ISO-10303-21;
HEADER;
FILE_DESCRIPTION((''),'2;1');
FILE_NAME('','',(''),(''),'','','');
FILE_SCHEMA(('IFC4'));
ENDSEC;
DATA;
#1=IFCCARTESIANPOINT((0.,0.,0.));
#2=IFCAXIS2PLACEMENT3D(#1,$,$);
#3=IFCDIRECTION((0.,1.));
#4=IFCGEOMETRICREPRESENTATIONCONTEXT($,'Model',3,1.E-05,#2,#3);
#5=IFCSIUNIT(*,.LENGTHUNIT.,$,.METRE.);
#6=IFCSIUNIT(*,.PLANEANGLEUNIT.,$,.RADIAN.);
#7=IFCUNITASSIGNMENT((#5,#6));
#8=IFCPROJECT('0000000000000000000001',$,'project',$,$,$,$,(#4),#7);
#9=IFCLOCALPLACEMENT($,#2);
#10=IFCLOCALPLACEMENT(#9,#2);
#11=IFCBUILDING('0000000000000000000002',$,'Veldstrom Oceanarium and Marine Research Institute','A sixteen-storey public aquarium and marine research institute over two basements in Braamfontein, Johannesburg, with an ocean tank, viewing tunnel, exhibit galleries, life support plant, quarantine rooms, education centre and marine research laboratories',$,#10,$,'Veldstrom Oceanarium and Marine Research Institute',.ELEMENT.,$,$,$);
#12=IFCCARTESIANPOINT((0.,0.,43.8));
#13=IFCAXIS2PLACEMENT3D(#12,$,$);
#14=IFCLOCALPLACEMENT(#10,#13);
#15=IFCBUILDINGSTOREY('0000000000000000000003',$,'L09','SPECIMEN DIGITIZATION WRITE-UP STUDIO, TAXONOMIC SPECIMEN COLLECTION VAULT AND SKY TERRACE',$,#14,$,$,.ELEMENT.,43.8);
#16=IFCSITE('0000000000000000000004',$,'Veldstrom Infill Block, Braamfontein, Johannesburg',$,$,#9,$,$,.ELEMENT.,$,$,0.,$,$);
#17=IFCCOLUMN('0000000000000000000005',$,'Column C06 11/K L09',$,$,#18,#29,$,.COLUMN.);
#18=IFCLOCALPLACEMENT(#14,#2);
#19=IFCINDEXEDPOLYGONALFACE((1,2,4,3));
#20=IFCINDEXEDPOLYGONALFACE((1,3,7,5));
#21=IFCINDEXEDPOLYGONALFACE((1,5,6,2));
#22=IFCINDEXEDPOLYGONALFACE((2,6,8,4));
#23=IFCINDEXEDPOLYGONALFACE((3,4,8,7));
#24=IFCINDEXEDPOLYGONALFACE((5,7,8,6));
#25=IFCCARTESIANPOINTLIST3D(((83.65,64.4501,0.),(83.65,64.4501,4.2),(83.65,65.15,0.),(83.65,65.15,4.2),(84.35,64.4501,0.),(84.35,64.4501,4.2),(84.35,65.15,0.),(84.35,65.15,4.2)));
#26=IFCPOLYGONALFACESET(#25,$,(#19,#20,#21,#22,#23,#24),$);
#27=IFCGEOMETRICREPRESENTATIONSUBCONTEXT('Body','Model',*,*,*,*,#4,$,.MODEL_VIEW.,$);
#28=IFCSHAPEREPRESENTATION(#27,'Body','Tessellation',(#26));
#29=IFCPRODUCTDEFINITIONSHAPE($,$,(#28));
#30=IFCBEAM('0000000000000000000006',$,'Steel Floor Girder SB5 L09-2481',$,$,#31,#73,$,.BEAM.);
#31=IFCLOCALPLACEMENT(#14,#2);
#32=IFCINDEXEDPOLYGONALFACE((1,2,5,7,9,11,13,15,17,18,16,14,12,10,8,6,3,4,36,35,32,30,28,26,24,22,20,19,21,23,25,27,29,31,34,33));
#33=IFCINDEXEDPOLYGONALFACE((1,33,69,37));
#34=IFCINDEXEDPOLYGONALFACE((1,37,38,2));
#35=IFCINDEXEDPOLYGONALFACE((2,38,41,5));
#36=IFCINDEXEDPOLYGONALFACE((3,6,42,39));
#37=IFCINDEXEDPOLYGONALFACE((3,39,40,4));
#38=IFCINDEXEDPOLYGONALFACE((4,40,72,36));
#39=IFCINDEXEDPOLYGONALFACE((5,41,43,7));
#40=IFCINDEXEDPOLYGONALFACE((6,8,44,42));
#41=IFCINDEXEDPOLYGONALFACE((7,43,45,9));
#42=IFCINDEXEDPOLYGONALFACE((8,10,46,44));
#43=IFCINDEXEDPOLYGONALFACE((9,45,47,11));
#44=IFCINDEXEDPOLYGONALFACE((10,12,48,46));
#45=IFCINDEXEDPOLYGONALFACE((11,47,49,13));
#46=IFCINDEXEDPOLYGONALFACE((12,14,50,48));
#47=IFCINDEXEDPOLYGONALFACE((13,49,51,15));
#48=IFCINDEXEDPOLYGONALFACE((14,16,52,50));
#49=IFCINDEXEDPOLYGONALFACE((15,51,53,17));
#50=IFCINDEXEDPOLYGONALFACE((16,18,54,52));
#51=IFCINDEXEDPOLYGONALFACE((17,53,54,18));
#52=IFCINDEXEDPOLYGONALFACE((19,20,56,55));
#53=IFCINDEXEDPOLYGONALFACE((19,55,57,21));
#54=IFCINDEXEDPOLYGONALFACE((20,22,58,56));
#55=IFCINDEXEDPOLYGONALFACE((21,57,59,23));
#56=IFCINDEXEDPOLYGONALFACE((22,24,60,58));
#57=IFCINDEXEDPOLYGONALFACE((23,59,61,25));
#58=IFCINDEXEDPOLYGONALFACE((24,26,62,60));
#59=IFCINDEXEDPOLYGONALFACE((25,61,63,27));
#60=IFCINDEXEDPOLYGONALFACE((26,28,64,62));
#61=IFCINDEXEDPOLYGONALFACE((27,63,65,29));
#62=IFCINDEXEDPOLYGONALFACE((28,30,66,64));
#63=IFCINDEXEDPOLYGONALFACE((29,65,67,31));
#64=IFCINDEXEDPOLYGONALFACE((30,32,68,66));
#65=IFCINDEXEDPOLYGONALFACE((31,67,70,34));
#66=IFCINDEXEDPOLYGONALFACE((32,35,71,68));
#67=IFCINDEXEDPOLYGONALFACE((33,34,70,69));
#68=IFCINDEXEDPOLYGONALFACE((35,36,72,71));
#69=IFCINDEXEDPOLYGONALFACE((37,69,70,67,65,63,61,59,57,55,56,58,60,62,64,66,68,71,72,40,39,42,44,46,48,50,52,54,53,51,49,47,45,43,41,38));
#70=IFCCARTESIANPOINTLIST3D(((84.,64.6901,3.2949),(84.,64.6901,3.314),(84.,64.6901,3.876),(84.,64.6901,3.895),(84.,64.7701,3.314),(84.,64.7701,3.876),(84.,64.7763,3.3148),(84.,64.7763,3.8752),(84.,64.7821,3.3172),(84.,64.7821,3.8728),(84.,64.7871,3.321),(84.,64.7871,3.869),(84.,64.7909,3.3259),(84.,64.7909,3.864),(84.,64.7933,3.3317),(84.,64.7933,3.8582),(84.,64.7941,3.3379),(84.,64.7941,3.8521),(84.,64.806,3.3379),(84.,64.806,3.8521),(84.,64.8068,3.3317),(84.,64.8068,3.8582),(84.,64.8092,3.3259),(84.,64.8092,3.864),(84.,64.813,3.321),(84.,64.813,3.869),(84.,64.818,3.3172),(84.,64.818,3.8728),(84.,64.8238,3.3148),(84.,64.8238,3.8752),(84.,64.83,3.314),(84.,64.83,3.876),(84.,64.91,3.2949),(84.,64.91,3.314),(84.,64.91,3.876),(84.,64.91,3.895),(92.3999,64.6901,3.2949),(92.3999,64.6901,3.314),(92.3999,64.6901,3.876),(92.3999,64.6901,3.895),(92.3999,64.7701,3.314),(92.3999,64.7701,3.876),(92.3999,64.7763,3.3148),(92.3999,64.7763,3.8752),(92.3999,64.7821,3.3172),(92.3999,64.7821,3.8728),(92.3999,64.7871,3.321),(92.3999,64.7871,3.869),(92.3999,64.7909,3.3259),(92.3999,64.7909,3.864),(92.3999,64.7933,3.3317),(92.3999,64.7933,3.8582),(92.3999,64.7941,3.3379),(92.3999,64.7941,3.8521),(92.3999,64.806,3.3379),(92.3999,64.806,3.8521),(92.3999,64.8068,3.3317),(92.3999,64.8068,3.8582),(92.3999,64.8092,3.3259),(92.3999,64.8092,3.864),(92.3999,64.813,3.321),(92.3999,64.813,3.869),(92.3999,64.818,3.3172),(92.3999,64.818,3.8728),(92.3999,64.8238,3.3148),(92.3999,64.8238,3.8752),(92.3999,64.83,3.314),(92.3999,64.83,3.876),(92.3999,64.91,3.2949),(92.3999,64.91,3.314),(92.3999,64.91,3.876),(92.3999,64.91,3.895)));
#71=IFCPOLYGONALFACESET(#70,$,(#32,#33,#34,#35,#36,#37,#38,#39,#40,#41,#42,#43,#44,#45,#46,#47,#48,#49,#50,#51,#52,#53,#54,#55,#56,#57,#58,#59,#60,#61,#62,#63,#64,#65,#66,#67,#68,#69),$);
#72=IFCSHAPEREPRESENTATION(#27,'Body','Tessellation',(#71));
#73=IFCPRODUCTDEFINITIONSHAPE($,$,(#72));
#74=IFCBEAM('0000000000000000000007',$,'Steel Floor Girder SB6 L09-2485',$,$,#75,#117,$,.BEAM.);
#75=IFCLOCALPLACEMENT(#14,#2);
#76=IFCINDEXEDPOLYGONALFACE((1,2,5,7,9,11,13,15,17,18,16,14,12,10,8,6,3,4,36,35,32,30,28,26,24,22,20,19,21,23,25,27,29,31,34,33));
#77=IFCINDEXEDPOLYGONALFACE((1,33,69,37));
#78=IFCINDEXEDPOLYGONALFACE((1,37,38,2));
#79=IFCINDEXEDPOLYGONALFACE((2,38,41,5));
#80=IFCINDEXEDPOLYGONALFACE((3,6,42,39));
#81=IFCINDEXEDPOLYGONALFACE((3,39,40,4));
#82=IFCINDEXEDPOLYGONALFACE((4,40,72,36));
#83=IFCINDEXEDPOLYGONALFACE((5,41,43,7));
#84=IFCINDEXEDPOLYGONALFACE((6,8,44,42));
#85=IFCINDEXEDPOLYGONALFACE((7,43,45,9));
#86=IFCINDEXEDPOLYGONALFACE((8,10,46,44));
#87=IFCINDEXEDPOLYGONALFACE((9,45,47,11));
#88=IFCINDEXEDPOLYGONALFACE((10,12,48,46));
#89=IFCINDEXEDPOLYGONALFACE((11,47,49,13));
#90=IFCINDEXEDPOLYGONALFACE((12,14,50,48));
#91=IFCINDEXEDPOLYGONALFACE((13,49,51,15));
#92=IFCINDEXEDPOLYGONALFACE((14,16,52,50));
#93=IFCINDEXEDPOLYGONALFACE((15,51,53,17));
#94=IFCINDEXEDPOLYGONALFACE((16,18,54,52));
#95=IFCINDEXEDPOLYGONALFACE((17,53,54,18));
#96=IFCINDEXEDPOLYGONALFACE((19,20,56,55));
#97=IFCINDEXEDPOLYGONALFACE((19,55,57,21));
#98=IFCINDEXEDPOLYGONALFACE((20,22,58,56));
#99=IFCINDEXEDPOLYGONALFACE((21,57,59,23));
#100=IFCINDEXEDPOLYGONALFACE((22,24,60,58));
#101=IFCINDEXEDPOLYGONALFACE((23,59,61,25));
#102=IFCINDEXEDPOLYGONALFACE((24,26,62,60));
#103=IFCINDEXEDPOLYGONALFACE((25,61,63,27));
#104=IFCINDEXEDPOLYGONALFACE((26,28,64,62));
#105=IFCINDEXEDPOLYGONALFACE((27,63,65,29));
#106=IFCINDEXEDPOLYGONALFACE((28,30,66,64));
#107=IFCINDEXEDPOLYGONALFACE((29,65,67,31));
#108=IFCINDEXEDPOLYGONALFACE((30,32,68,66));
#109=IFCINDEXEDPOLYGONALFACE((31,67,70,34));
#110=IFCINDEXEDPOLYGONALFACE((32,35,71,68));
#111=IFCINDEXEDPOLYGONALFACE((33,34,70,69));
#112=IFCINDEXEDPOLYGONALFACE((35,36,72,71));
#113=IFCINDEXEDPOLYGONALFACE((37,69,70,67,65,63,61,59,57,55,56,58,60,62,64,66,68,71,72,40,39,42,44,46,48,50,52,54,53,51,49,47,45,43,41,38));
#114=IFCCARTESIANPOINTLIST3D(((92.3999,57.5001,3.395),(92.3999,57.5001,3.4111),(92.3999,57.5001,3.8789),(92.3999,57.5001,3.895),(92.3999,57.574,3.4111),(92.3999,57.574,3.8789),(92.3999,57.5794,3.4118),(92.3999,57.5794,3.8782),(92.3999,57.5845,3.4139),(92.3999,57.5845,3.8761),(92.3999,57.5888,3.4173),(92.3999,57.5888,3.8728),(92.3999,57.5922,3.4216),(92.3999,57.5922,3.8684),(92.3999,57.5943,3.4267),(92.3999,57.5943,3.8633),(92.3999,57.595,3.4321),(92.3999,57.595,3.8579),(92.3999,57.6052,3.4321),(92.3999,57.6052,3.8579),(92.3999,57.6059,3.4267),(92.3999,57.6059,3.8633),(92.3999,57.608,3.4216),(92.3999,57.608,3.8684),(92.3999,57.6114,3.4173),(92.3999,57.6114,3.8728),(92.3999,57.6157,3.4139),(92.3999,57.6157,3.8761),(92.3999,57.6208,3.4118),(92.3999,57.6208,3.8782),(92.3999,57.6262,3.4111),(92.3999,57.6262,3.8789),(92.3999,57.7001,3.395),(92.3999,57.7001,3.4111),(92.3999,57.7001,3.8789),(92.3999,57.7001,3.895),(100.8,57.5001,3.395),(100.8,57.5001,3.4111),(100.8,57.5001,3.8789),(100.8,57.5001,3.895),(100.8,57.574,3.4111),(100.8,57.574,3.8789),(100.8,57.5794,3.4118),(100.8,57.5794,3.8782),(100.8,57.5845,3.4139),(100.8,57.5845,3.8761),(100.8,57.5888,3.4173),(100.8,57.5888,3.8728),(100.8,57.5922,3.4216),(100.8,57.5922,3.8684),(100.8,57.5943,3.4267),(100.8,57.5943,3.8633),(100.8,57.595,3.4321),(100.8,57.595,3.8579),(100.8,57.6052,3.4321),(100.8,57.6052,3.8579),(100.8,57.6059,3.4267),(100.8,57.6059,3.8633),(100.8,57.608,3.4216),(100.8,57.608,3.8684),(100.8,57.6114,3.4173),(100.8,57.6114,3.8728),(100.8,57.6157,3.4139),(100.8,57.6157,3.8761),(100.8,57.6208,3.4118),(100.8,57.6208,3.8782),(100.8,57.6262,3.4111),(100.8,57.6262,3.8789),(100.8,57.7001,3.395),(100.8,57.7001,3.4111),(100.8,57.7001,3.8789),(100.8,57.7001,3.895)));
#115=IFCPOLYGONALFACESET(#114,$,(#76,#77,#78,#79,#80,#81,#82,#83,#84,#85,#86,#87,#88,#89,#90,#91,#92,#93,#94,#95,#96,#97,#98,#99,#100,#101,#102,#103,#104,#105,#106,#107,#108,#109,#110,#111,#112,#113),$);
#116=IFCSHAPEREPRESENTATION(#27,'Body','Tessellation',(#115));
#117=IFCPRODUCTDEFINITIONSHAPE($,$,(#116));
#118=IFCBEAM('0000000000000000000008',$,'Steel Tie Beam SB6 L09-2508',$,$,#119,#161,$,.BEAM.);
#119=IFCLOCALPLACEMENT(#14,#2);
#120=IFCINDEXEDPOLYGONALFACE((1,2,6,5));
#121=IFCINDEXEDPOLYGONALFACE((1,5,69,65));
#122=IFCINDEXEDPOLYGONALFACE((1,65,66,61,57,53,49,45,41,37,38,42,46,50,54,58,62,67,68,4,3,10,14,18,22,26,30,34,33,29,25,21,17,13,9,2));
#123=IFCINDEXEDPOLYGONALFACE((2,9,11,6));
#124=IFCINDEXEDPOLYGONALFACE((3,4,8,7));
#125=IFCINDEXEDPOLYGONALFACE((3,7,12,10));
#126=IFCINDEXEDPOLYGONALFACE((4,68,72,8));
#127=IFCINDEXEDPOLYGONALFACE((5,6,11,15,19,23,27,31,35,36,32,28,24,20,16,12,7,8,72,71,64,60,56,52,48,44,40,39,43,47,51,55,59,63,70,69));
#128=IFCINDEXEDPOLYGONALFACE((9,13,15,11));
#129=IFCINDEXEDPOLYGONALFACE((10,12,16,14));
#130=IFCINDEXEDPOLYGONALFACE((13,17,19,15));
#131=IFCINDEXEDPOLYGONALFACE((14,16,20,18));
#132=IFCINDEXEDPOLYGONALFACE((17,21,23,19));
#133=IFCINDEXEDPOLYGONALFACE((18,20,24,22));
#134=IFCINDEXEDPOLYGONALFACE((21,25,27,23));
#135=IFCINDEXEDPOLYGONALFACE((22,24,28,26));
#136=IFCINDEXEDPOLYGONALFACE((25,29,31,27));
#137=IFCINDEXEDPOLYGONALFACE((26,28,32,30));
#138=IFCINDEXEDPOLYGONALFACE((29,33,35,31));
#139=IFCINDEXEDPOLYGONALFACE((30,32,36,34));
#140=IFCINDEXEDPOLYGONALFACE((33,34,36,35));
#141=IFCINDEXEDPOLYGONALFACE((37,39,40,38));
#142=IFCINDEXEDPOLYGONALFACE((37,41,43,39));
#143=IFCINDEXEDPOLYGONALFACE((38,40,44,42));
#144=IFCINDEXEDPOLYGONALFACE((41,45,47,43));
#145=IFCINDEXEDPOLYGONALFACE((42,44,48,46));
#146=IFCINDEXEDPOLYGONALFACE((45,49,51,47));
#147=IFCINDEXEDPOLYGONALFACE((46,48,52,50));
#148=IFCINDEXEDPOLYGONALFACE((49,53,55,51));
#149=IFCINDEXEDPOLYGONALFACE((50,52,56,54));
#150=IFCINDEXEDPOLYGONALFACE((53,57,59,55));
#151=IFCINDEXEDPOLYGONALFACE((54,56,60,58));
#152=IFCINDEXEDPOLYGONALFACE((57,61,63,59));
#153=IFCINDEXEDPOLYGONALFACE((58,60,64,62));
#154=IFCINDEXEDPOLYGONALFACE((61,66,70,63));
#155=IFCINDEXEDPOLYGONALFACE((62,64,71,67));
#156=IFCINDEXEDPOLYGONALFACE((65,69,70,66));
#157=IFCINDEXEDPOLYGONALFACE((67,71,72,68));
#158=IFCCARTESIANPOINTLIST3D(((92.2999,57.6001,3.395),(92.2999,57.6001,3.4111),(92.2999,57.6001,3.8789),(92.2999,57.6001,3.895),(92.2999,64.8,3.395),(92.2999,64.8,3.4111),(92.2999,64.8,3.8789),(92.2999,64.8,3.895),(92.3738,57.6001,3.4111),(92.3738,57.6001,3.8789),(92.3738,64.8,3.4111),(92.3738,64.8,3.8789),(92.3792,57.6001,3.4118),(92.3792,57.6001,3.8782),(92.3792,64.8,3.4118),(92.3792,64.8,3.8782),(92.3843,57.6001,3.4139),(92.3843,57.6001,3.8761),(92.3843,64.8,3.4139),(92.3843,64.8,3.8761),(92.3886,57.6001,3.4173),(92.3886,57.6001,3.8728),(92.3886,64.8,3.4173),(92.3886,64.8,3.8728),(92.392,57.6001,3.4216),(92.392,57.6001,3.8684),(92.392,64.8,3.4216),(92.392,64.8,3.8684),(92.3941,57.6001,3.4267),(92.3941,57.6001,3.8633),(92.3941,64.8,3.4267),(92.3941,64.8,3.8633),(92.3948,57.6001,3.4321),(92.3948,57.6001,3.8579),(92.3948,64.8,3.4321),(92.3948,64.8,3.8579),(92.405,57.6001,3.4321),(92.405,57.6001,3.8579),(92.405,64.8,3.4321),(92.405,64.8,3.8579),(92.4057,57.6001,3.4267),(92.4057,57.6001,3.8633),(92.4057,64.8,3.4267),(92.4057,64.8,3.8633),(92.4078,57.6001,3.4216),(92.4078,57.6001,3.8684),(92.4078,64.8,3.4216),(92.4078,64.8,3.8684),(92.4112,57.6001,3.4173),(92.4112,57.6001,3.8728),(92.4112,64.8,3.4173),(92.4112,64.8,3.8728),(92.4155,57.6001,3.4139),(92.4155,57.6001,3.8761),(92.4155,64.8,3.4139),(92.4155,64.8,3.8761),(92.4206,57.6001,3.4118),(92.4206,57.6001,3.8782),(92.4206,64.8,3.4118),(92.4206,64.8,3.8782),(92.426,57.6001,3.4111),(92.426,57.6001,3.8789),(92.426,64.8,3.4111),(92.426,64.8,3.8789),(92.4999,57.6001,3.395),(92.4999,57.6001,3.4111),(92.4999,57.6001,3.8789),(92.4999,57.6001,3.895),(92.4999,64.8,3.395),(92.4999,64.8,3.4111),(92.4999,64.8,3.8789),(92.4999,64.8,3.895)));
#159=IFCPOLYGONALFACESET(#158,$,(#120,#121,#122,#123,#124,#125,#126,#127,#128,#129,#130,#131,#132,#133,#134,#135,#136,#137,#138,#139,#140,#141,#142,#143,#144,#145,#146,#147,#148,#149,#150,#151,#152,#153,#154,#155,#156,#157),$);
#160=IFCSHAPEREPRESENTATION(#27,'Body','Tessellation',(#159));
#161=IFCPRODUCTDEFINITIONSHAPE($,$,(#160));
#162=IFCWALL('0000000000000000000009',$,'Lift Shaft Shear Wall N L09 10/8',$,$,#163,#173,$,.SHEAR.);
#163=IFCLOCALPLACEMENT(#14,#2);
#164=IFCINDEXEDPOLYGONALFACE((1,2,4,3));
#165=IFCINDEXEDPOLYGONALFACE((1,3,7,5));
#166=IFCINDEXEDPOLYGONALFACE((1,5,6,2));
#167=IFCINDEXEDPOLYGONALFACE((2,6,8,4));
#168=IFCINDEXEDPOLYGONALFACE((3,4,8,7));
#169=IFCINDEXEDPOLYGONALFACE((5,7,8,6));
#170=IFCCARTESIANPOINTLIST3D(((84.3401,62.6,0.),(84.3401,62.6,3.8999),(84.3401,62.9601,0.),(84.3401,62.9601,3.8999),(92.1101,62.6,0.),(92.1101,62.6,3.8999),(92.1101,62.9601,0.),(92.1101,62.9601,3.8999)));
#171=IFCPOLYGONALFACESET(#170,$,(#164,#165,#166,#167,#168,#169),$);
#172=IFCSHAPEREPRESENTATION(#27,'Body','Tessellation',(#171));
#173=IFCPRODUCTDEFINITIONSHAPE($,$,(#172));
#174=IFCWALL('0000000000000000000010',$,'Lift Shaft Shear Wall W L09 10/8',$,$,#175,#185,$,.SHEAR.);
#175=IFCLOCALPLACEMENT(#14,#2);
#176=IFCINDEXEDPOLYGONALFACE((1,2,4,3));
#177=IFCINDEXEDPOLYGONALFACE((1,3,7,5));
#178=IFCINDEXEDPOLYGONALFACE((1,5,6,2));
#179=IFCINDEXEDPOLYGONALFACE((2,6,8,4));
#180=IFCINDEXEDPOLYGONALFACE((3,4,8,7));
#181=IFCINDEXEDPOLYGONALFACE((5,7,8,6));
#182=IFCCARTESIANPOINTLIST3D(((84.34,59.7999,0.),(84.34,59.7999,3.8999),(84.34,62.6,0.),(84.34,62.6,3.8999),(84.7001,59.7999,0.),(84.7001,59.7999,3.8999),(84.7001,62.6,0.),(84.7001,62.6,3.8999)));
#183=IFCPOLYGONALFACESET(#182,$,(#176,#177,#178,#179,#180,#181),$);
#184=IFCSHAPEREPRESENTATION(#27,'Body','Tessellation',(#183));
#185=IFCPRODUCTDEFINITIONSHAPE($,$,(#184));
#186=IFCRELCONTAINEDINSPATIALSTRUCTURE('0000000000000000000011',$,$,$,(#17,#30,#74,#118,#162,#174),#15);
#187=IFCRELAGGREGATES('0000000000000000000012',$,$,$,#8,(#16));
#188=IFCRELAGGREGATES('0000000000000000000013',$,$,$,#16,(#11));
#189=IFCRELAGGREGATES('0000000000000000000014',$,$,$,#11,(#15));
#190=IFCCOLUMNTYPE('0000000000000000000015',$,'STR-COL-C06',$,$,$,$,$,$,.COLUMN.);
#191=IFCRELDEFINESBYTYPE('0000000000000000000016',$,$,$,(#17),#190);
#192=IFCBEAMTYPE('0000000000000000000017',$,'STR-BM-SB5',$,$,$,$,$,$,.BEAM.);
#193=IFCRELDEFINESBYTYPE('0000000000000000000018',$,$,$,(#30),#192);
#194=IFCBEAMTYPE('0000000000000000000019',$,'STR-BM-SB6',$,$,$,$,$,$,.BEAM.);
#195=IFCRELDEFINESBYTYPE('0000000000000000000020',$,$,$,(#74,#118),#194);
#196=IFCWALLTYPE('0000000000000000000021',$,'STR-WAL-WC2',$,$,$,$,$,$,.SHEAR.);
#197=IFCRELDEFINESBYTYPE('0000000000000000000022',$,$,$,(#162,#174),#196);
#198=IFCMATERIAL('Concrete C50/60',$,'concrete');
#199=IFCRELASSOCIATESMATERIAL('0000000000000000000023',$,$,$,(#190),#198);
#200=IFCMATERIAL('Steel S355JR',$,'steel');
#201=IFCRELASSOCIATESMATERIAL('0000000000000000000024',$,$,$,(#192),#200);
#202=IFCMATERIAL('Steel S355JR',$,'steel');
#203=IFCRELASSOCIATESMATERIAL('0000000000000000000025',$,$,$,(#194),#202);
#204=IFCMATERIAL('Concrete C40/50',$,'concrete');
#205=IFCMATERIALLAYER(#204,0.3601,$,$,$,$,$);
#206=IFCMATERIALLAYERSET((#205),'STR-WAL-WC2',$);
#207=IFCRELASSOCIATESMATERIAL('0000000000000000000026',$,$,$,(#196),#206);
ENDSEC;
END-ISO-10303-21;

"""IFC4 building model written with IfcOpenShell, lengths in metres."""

from ifc_helpers import new_model, si_unit, direction, frame, frame_2d, origin, origin_2d, place, context, subcontext, project, spatial, rectangle, i_section, extrude, material, layer, layer_set, material_profile, profile_set, type_object, element, save


model = new_model("IFC4")

# Units and contexts
model_context = context("Model", 3, precision=1e-05, world=origin(), true_north=direction((0.0, 1.0)))
body_context = subcontext(model_context, "Body", "Model", "MODEL_VIEW")
ifc_project = project(units=[si_unit("LENGTHUNIT", "METRE"), si_unit("PLANEANGLEUNIT", "RADIAN")], contexts=[model_context])

# Site, building, storey
site_placement = place(None, origin())
site = spatial("IfcSite", under=ifc_project, at=site_placement, Name="Veldstrom Infill Block, Braamfontein, Johannesburg", CompositionType="ELEMENT", RefElevation=0.0)
building_placement = place(site_placement, origin())
building = spatial("IfcBuilding", under=site, at=building_placement, Name="Veldstrom Oceanarium and Marine Research Institute", Description="A sixteen-storey public aquarium and marine research institute over two basements in Braamfontein, Johannesburg, with an ocean tank, viewing tunnel, exhibit galleries, life support plant, quarantine rooms, education centre and marine research laboratories", LongName="Veldstrom Oceanarium and Marine Research Institute", CompositionType="ELEMENT")
storey_placement = place(building_placement, frame((0.0, 0.0, 43.8)))
storey = spatial("IfcBuildingStorey", under=building, at=storey_placement, Name="L09", Description="SPECIMEN DIGITIZATION WRITE-UP STUDIO, TAXONOMIC SPECIMEN COLLECTION VAULT AND SKY TERRACE", CompositionType="ELEMENT", Elevation=43.8)

# Column
ifc_material_1 = material(Name="Concrete C50/60", Category="concrete")
ifc_material_profile_1 = material_profile(ifc_material_1, rectangle(XDim=0.7, YDim=0.7, at=origin_2d()), Name="RC-COL-700x700")
ifc_profile_set_1 = profile_set([ifc_material_profile_1], Name="Concrete C50/60")
column_type = type_object("IfcColumnType", Name="STR-COL-C06", PredefinedType="COLUMN", material=ifc_profile_set_1)
column_placement = place(storey_placement, frame((84.0, 64.8, 0.0), z_axis=(0.0, 0.0, 1.0), x_axis=(1.0, 0.0, 0.0)))
element("IfcColumn", 1, at=column_placement, inside=storey, type_object=column_type, Name="Column C06 11/K L09", PredefinedType="COLUMN", context=body_context, shape_type="SweptSolid", body=[
    extrude(rectangle(XDim=0.7, YDim=0.7, at=origin_2d()), origin(), (0.0, 0.0, 1.0), 4.2),
])

# Beams
ifc_material_2 = material(Name="Steel S355JR", Category="steel")
ifc_material_profile_2 = material_profile(ifc_material_2, i_section(OverallWidth=0.22, OverallDepth=0.6001, WebThickness=0.012, FlangeThickness=0.019, FilletRadius=0.0239, at=origin_2d()), Name="IPE 600")
ifc_profile_set_2 = profile_set([ifc_material_profile_2], Name="Steel S355JR")
beam_type_1 = type_object("IfcBeamType", Name="STR-BM-SB5", PredefinedType="BEAM", material=ifc_profile_set_2)
beam_1_placement = place(storey_placement, frame((84.0, 64.8, 3.595), z_axis=(1.0, 0.0, 0.0), x_axis=(0.0, 1.0, 0.0)))
element("IfcBeam", 2, at=beam_1_placement, inside=storey, type_object=beam_type_1, Name="Steel Floor Girder SB5 L09-2481", PredefinedType="BEAM", context=body_context, shape_type="SweptSolid", body=[
    extrude(i_section(OverallWidth=0.22, OverallDepth=0.6001, WebThickness=0.012, FlangeThickness=0.019, FilletRadius=0.0239, at=origin_2d()), origin(), (0.0, 0.0, 1.0), 8.3999),
])
ifc_material_3 = material(Name="Steel S355JR", Category="steel")
ifc_material_profile_3 = material_profile(ifc_material_3, i_section(OverallWidth=0.2, OverallDepth=0.5, WebThickness=0.0103, FlangeThickness=0.0161, FilletRadius=0.021, at=origin_2d()), Name="IPE 500")
ifc_profile_set_3 = profile_set([ifc_material_profile_3], Name="Steel S355JR")
beam_type_2 = type_object("IfcBeamType", Name="STR-BM-SB6", PredefinedType="BEAM", material=ifc_profile_set_3)
beam_2_placement = place(storey_placement, frame((92.3999, 57.6001, 3.645), z_axis=(1.0, 0.0, 0.0), x_axis=(0.0, 1.0, 0.0)))
element("IfcBeam", 3, at=beam_2_placement, inside=storey, type_object=beam_type_2, Name="Steel Floor Girder SB6 L09-2485", PredefinedType="BEAM", context=body_context, shape_type="SweptSolid", body=[
    extrude(i_section(OverallWidth=0.2, OverallDepth=0.5, WebThickness=0.0103, FlangeThickness=0.0161, FilletRadius=0.021, at=origin_2d()), origin(), (0.0, 0.0, 1.0), 8.4001),
])
beam_3_placement = place(storey_placement, frame((92.3999, 57.6001, 3.645), z_axis=(0.0, 1.0, 0.0), x_axis=(-1.0, 0.0, 0.0)))
element("IfcBeam", 4, at=beam_3_placement, inside=storey, type_object=beam_type_2, Name="Steel Tie Beam SB6 L09-2508", PredefinedType="BEAM", context=body_context, shape_type="SweptSolid", body=[
    extrude(i_section(OverallWidth=0.2, OverallDepth=0.5, WebThickness=0.0103, FlangeThickness=0.0161, FilletRadius=0.021, at=origin_2d()), origin(), (0.0, 0.0, 1.0), 7.2),
])

# Wall
ifc_material_4 = material(Name="Concrete C40/50", Category="concrete")
ifc_layer_1 = layer(ifc_material_4, 0.3601)
ifc_layer_set_1 = layer_set([ifc_layer_1], Name="STR-WAL-WC2")
wall_type_1 = type_object("IfcWallType", Name="STR-WAL-WC2", PredefinedType="SHEAR", material=ifc_layer_set_1)
wall_1_placement = place(storey_placement, frame((84.3401, 62.78, 0.0), z_axis=(0.0, 0.0, 1.0), x_axis=(1.0, 0.0, 0.0)))
element("IfcWall", 5, at=wall_1_placement, inside=storey, type_object=wall_type_1, Name="Lift Shaft Shear Wall N L09 10/8", PredefinedType="SHEAR", context=body_context, shape_type="SweptSolid", body=[
    extrude(rectangle(XDim=7.77, YDim=0.3601, at=frame_2d((3.885, 0.0))), origin(), (0.0, 0.0, 1.0), 3.8999),
])

# Wall
for number, where, z_axis, x_axis, name in (
    (6, (84.52, 59.8, 0.0), (0.0, 0.0, 1.0), (0.0, 1.0, 0.0), "Lift Shaft Shear Wall W L09 10/8"),
):
    element("IfcWall", number, at=place(storey_placement, frame(where, z_axis=z_axis, x_axis=x_axis)), inside=storey, type_object=wall_type_1, Name=name, PredefinedType="SHEAR", context=body_context, shape_type="SweptSolid", body=[
        extrude(rectangle(XDim=2.8, YDim=0.3601, at=frame_2d((1.3999, 0.0))), origin(), (0.0, 0.0, 1.0), 3.8999),
    ])

save(model, "model.ifc")
